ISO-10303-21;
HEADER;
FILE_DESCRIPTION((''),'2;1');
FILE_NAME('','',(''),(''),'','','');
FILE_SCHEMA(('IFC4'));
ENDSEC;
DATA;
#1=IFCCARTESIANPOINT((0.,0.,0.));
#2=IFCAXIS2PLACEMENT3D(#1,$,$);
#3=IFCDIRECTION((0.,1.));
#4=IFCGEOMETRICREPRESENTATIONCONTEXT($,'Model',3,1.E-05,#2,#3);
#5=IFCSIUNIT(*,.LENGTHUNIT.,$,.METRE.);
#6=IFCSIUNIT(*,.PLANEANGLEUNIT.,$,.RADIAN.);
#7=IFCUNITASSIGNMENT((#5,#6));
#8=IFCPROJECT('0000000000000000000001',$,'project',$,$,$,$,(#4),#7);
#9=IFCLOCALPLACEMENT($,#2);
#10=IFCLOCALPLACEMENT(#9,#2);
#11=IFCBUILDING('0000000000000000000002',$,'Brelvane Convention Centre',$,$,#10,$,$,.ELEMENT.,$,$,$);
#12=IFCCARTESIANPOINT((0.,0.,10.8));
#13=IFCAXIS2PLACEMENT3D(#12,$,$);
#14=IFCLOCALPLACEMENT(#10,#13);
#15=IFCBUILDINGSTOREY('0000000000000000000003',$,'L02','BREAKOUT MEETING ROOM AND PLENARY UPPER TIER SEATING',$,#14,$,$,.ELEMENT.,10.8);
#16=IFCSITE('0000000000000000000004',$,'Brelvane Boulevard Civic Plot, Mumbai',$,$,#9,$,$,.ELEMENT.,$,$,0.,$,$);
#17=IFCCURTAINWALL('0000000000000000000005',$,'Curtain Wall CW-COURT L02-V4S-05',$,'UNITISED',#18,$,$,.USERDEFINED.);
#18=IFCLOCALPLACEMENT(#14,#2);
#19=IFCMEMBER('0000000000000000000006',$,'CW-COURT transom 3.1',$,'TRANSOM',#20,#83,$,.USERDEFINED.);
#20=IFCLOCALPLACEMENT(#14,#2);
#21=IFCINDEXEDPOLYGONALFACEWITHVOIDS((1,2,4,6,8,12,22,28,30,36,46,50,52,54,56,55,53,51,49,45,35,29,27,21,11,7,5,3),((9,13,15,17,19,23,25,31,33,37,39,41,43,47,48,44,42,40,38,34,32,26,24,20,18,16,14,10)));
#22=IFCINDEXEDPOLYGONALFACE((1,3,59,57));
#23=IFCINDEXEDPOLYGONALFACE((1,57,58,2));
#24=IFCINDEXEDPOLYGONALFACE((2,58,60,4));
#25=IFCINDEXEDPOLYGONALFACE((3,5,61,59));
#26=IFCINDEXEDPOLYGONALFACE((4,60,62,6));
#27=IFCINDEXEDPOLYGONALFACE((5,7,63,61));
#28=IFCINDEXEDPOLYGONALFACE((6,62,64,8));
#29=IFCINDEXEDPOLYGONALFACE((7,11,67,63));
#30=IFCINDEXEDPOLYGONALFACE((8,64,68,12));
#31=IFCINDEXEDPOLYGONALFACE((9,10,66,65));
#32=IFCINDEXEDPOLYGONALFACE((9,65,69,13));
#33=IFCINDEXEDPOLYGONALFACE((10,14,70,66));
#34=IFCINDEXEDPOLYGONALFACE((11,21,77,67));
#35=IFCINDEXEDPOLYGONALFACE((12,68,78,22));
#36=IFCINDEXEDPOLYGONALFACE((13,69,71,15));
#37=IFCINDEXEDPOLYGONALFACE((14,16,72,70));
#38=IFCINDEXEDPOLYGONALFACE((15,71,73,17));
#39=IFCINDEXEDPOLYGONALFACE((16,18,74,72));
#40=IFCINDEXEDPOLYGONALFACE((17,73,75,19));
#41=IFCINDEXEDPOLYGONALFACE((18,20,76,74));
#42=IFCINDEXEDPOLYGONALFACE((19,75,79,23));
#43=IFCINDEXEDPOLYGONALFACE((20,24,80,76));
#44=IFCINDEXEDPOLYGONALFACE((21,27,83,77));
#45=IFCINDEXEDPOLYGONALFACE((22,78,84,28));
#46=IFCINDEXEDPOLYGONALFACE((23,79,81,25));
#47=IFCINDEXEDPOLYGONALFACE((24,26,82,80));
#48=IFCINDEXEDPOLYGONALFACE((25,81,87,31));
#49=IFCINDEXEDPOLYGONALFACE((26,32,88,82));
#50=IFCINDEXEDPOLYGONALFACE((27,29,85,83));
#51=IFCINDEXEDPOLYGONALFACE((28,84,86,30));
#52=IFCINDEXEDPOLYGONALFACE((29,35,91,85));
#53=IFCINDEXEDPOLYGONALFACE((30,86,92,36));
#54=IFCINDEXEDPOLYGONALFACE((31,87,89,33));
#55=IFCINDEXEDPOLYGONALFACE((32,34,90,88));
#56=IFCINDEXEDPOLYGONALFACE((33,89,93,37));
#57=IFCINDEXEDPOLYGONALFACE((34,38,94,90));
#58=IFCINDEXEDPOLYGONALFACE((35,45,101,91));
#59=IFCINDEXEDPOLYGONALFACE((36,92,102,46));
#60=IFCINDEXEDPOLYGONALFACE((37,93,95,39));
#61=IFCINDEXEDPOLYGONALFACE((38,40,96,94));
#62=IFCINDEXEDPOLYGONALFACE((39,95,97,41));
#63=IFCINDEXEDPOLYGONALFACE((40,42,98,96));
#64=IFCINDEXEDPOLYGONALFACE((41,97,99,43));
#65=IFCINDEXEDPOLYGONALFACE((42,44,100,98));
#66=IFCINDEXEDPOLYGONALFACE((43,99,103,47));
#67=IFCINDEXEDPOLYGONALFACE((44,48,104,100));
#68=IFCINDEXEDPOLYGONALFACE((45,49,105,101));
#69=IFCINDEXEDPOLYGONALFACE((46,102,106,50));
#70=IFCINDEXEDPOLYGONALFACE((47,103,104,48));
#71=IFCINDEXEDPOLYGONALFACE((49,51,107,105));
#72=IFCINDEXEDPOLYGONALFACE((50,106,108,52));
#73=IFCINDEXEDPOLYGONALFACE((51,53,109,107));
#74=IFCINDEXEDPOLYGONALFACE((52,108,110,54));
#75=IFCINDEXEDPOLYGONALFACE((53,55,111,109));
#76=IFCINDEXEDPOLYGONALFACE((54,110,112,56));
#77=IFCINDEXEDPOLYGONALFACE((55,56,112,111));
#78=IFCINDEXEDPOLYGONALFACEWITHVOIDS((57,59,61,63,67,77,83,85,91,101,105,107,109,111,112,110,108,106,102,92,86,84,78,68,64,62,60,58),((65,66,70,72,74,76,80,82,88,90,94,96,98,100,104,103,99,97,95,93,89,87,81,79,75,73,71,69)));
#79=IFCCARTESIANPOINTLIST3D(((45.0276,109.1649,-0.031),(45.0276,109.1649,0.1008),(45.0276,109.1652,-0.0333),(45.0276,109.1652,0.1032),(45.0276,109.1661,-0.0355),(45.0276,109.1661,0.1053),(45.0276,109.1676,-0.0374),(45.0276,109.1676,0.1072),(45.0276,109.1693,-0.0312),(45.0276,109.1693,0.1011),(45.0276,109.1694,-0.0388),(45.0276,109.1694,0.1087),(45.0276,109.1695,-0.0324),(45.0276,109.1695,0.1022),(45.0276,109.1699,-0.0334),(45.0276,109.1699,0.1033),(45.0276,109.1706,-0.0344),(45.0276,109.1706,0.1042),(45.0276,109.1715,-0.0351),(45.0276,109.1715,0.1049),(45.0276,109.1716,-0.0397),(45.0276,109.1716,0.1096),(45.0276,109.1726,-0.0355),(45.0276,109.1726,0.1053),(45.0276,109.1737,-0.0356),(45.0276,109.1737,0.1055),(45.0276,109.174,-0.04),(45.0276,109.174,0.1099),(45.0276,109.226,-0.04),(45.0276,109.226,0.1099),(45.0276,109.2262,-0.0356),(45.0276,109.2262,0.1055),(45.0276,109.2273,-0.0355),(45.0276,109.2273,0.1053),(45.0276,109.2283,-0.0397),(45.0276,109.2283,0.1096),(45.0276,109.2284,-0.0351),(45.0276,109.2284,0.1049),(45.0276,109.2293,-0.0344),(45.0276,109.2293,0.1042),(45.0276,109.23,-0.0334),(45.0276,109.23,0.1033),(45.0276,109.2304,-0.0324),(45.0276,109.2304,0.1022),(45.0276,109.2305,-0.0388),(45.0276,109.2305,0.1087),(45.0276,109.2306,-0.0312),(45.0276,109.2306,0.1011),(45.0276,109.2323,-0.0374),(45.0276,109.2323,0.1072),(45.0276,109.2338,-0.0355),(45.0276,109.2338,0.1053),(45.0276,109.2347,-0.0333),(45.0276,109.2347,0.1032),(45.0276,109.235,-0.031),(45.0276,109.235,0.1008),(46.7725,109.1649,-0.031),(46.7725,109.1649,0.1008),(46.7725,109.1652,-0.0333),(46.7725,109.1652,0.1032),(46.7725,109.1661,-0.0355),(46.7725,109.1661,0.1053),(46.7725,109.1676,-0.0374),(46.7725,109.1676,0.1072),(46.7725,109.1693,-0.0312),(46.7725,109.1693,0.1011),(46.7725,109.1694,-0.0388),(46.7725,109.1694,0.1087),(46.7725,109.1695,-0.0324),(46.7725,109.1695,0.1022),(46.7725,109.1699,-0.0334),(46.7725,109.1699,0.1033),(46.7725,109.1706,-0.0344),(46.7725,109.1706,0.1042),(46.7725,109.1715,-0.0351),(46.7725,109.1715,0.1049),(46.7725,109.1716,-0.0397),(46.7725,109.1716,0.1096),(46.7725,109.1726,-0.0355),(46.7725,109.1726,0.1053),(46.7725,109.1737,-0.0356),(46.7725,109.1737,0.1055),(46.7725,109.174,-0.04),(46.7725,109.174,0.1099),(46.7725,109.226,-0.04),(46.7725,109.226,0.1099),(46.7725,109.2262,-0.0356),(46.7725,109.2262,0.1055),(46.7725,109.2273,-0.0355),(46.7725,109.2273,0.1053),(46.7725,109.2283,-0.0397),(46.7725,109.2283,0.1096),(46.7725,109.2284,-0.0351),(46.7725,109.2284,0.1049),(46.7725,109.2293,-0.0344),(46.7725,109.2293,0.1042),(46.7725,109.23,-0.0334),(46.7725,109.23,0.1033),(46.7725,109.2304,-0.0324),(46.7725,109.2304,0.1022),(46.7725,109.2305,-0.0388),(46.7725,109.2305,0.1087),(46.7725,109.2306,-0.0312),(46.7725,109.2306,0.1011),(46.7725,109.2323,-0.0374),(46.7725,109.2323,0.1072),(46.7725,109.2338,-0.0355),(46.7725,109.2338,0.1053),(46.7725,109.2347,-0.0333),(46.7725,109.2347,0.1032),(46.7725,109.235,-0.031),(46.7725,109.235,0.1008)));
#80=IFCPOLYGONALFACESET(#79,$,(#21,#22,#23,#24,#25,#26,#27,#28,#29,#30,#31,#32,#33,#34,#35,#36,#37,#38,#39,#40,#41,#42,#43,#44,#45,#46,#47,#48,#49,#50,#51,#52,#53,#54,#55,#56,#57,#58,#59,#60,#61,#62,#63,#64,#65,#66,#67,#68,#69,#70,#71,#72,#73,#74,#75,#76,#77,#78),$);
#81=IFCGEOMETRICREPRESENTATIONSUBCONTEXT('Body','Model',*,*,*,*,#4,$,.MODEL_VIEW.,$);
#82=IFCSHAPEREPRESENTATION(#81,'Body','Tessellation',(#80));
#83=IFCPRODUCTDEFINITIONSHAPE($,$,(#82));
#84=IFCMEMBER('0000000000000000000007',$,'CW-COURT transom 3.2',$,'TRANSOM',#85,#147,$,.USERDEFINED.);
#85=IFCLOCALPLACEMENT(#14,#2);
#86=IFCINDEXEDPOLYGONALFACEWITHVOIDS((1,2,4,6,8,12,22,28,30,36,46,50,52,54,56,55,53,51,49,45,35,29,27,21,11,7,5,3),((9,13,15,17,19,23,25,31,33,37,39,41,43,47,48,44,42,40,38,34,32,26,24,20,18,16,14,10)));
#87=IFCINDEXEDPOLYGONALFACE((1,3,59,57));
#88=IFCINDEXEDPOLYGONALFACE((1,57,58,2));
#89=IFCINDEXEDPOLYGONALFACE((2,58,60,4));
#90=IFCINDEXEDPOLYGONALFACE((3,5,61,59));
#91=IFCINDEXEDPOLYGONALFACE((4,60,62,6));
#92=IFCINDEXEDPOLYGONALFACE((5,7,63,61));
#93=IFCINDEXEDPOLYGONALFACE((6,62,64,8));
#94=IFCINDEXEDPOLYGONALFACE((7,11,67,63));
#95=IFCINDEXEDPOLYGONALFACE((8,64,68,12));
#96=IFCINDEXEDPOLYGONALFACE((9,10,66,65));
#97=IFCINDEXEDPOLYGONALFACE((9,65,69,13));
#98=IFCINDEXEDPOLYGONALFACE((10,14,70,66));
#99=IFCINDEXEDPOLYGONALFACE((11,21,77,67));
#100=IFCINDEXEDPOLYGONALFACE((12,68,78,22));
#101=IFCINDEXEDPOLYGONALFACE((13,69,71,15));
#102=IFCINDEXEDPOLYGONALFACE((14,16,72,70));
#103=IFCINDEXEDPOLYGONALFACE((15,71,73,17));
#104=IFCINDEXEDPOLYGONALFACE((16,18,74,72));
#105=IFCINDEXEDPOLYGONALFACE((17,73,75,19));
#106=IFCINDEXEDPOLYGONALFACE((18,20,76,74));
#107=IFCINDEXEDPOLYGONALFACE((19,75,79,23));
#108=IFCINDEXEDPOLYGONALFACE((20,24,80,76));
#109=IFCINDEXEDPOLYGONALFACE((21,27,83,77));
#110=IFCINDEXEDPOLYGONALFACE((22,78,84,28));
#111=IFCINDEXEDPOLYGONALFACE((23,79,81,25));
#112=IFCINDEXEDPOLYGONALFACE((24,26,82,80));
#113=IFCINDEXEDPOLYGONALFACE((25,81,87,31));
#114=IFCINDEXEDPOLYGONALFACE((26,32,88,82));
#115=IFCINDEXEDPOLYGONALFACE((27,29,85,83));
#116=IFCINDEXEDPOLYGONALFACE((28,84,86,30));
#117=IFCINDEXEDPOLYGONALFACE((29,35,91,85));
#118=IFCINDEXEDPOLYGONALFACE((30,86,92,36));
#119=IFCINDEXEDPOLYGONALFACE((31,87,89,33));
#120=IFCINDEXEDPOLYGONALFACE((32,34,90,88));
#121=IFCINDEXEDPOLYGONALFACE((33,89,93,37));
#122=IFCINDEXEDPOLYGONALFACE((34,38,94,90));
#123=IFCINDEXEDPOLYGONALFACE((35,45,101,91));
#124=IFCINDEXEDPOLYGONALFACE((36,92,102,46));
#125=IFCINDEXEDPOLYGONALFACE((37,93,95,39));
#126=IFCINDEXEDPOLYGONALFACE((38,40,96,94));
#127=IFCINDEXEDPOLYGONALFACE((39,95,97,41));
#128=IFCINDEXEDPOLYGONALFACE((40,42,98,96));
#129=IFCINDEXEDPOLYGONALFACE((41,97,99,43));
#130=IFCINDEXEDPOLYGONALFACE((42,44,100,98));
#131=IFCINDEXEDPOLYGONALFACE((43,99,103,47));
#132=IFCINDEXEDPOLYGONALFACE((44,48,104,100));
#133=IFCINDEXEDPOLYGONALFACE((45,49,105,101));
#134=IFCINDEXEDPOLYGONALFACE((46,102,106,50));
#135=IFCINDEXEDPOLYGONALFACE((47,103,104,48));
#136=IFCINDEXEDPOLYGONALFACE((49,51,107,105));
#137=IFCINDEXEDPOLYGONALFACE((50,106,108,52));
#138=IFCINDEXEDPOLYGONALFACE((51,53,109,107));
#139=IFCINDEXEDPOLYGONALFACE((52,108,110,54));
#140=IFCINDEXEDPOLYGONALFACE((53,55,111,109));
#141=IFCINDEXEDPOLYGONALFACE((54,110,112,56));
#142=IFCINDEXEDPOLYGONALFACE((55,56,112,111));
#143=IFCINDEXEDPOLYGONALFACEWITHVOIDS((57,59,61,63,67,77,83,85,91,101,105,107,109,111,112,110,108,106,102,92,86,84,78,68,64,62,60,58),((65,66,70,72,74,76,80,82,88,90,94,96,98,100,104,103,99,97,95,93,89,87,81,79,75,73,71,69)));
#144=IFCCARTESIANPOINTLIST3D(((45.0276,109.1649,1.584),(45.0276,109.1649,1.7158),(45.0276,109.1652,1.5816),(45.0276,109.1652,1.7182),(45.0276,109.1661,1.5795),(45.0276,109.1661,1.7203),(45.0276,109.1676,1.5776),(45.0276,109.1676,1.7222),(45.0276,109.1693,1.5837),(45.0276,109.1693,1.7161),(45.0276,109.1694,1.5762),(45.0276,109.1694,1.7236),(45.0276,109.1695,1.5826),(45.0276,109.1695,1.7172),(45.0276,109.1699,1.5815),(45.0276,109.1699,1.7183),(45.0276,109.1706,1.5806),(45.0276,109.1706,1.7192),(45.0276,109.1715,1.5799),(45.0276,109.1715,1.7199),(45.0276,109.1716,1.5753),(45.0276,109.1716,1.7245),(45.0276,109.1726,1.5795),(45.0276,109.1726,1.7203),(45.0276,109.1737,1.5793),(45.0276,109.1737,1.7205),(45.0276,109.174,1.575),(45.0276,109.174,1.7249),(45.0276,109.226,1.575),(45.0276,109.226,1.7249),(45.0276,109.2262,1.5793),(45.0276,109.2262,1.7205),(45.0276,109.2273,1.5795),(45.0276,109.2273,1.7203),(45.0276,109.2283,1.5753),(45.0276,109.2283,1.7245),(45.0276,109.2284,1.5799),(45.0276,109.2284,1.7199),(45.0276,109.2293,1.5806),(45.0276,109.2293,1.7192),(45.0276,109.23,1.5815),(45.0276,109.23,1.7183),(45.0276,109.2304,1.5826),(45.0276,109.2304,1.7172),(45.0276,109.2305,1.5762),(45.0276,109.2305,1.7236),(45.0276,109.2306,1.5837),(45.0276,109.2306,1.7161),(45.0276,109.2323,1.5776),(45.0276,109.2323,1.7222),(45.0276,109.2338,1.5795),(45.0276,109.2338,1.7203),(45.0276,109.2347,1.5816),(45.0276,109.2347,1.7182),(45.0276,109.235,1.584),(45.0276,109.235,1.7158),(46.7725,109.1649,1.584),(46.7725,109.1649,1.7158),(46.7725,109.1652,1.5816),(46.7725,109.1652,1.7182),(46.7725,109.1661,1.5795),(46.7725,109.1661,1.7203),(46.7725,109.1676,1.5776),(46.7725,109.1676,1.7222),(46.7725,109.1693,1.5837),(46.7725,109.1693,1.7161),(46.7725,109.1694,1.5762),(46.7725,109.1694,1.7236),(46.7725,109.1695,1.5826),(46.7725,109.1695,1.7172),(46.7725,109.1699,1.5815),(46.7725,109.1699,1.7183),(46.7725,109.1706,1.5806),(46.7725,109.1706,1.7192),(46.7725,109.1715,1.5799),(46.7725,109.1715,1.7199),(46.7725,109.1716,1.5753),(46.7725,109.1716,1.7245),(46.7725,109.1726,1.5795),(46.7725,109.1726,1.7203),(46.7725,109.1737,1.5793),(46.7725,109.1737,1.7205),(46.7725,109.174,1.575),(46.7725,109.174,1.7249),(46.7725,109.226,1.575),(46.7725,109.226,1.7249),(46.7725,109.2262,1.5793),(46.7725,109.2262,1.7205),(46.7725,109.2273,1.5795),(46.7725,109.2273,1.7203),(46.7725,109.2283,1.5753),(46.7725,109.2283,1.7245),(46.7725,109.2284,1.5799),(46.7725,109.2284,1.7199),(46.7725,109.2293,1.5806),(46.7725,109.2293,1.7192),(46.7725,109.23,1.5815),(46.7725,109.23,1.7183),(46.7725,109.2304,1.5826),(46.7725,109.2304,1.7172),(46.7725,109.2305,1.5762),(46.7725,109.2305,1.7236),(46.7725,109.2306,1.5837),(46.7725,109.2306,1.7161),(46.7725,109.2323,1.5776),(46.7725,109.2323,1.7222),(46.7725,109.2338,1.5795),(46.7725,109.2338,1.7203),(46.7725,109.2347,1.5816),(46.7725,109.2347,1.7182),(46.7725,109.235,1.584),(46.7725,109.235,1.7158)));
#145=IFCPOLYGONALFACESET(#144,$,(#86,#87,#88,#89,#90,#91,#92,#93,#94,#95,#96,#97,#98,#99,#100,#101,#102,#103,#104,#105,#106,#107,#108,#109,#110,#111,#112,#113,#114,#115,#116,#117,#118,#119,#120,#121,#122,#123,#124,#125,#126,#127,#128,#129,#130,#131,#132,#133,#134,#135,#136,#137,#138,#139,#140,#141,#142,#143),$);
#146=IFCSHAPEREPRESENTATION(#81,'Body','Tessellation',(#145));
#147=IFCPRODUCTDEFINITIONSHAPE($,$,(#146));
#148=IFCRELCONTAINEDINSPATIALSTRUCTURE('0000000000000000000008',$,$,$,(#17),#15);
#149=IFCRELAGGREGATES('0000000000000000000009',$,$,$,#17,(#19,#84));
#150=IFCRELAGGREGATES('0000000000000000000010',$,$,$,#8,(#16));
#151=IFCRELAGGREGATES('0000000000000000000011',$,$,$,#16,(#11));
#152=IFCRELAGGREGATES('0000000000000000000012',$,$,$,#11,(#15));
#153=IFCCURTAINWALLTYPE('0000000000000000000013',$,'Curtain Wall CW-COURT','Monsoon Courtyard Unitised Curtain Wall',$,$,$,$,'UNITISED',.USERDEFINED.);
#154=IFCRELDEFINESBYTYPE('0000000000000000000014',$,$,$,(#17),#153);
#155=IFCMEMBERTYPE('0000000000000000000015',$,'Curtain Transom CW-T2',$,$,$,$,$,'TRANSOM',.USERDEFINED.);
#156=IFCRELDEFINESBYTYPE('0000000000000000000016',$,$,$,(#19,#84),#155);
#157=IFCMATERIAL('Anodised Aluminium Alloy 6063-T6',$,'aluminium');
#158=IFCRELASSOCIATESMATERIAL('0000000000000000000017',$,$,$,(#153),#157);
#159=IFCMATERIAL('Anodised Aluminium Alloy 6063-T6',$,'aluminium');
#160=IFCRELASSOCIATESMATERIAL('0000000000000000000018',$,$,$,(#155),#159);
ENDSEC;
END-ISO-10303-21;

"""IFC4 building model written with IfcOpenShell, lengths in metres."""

from ifc_helpers import new_model, si_unit, direction, frame, origin, origin_2d, place, context, subcontext, project, spatial, hollow_rectangle, extrude, material, material_profile, profile_set, type_object, element, aggregate, save


model = new_model("IFC4")

# Units and contexts
model_context = context("Model", 3, precision=1e-05, world=origin(), true_north=direction((0.0, 1.0)))
body_context = subcontext(model_context, "Body", "Model", "MODEL_VIEW")
ifc_project = project(units=[si_unit("LENGTHUNIT", "METRE"), si_unit("PLANEANGLEUNIT", "RADIAN")], contexts=[model_context])

# Site, building, storey
site_placement = place(None, origin())
site = spatial("IfcSite", under=ifc_project, at=site_placement, Name="Brelvane Boulevard Civic Plot, Mumbai", CompositionType="ELEMENT", RefElevation=0.0)
building_placement = place(site_placement, origin())
building = spatial("IfcBuilding", under=site, at=building_placement, Name="Brelvane Convention Centre", CompositionType="ELEMENT")
storey_placement = place(building_placement, frame((0.0, 0.0, 10.8)))
storey = spatial("IfcBuildingStorey", under=building, at=storey_placement, Name="L02", Description="BREAKOUT MEETING ROOM AND PLENARY UPPER TIER SEATING", CompositionType="ELEMENT", Elevation=10.8)

# Curtain wall, members
ifc_material_1 = material(Name="Anodised Aluminium Alloy 6063-T6", Category="aluminium")
curtain_wall_type = type_object("IfcCurtainWallType", Name="Curtain Wall CW-COURT", Description="Monsoon Courtyard Unitised Curtain Wall", ElementType="UNITISED", PredefinedType="USERDEFINED", material=ifc_material_1)
curtain_wall_placement = place(storey_placement, origin())
curtain_wall = element("IfcCurtainWall", 1, at=curtain_wall_placement, inside=storey, type_object=curtain_wall_type, Name="Curtain Wall CW-COURT L02-V4S-05", ObjectType="UNITISED", PredefinedType="USERDEFINED")
ifc_material_2 = material(Name="Anodised Aluminium Alloy 6063-T6", Category="aluminium")
ifc_material_profile_1 = material_profile(ifc_material_2, hollow_rectangle(XDim=0.0701, YDim=0.1499, WallThickness=0.0044, InnerFilletRadius=0.0044, OuterFilletRadius=0.009, at=origin_2d()), Name="ALU-T 150x70x4.5")
ifc_profile_set_1 = profile_set([ifc_material_profile_1], Name="Anodised Aluminium Alloy 6063-T6")
member_type_1 = type_object("IfcMemberType", Name="Curtain Transom CW-T2", ElementType="TRANSOM", PredefinedType="USERDEFINED", material=ifc_profile_set_1)
member_1_placement = place(storey_placement, frame((45.0276, 109.2, 0.0349), z_axis=(1.0, 0.0, 0.0), x_axis=(0.0, 1.0, 0.0)))
member_1 = element("IfcMember", 2, at=member_1_placement, type_object=member_type_1, Name="CW-COURT transom 3.1", ObjectType="TRANSOM", PredefinedType="USERDEFINED", context=body_context, shape_type="SweptSolid", body=[
    extrude(hollow_rectangle(XDim=0.0701, YDim=0.1499, WallThickness=0.0044, InnerFilletRadius=0.0044, OuterFilletRadius=0.009, at=origin_2d()), origin(), (0.0, 0.0, 1.0), 1.7449),
])
member_2_placement = place(storey_placement, frame((45.0276, 109.2, 1.6499), z_axis=(1.0, 0.0, 0.0), x_axis=(0.0, 1.0, 0.0)))
member_2 = element("IfcMember", 3, at=member_2_placement, type_object=member_type_1, Name="CW-COURT transom 3.2", ObjectType="TRANSOM", PredefinedType="USERDEFINED", context=body_context, shape_type="SweptSolid", body=[
    extrude(hollow_rectangle(XDim=0.0701, YDim=0.1499, WallThickness=0.0044, InnerFilletRadius=0.0044, OuterFilletRadius=0.009, at=origin_2d()), origin(), (0.0, 0.0, 1.0), 1.7449),
])

aggregate(curtain_wall, [member_1, member_2])

save(model, "model.ifc")
